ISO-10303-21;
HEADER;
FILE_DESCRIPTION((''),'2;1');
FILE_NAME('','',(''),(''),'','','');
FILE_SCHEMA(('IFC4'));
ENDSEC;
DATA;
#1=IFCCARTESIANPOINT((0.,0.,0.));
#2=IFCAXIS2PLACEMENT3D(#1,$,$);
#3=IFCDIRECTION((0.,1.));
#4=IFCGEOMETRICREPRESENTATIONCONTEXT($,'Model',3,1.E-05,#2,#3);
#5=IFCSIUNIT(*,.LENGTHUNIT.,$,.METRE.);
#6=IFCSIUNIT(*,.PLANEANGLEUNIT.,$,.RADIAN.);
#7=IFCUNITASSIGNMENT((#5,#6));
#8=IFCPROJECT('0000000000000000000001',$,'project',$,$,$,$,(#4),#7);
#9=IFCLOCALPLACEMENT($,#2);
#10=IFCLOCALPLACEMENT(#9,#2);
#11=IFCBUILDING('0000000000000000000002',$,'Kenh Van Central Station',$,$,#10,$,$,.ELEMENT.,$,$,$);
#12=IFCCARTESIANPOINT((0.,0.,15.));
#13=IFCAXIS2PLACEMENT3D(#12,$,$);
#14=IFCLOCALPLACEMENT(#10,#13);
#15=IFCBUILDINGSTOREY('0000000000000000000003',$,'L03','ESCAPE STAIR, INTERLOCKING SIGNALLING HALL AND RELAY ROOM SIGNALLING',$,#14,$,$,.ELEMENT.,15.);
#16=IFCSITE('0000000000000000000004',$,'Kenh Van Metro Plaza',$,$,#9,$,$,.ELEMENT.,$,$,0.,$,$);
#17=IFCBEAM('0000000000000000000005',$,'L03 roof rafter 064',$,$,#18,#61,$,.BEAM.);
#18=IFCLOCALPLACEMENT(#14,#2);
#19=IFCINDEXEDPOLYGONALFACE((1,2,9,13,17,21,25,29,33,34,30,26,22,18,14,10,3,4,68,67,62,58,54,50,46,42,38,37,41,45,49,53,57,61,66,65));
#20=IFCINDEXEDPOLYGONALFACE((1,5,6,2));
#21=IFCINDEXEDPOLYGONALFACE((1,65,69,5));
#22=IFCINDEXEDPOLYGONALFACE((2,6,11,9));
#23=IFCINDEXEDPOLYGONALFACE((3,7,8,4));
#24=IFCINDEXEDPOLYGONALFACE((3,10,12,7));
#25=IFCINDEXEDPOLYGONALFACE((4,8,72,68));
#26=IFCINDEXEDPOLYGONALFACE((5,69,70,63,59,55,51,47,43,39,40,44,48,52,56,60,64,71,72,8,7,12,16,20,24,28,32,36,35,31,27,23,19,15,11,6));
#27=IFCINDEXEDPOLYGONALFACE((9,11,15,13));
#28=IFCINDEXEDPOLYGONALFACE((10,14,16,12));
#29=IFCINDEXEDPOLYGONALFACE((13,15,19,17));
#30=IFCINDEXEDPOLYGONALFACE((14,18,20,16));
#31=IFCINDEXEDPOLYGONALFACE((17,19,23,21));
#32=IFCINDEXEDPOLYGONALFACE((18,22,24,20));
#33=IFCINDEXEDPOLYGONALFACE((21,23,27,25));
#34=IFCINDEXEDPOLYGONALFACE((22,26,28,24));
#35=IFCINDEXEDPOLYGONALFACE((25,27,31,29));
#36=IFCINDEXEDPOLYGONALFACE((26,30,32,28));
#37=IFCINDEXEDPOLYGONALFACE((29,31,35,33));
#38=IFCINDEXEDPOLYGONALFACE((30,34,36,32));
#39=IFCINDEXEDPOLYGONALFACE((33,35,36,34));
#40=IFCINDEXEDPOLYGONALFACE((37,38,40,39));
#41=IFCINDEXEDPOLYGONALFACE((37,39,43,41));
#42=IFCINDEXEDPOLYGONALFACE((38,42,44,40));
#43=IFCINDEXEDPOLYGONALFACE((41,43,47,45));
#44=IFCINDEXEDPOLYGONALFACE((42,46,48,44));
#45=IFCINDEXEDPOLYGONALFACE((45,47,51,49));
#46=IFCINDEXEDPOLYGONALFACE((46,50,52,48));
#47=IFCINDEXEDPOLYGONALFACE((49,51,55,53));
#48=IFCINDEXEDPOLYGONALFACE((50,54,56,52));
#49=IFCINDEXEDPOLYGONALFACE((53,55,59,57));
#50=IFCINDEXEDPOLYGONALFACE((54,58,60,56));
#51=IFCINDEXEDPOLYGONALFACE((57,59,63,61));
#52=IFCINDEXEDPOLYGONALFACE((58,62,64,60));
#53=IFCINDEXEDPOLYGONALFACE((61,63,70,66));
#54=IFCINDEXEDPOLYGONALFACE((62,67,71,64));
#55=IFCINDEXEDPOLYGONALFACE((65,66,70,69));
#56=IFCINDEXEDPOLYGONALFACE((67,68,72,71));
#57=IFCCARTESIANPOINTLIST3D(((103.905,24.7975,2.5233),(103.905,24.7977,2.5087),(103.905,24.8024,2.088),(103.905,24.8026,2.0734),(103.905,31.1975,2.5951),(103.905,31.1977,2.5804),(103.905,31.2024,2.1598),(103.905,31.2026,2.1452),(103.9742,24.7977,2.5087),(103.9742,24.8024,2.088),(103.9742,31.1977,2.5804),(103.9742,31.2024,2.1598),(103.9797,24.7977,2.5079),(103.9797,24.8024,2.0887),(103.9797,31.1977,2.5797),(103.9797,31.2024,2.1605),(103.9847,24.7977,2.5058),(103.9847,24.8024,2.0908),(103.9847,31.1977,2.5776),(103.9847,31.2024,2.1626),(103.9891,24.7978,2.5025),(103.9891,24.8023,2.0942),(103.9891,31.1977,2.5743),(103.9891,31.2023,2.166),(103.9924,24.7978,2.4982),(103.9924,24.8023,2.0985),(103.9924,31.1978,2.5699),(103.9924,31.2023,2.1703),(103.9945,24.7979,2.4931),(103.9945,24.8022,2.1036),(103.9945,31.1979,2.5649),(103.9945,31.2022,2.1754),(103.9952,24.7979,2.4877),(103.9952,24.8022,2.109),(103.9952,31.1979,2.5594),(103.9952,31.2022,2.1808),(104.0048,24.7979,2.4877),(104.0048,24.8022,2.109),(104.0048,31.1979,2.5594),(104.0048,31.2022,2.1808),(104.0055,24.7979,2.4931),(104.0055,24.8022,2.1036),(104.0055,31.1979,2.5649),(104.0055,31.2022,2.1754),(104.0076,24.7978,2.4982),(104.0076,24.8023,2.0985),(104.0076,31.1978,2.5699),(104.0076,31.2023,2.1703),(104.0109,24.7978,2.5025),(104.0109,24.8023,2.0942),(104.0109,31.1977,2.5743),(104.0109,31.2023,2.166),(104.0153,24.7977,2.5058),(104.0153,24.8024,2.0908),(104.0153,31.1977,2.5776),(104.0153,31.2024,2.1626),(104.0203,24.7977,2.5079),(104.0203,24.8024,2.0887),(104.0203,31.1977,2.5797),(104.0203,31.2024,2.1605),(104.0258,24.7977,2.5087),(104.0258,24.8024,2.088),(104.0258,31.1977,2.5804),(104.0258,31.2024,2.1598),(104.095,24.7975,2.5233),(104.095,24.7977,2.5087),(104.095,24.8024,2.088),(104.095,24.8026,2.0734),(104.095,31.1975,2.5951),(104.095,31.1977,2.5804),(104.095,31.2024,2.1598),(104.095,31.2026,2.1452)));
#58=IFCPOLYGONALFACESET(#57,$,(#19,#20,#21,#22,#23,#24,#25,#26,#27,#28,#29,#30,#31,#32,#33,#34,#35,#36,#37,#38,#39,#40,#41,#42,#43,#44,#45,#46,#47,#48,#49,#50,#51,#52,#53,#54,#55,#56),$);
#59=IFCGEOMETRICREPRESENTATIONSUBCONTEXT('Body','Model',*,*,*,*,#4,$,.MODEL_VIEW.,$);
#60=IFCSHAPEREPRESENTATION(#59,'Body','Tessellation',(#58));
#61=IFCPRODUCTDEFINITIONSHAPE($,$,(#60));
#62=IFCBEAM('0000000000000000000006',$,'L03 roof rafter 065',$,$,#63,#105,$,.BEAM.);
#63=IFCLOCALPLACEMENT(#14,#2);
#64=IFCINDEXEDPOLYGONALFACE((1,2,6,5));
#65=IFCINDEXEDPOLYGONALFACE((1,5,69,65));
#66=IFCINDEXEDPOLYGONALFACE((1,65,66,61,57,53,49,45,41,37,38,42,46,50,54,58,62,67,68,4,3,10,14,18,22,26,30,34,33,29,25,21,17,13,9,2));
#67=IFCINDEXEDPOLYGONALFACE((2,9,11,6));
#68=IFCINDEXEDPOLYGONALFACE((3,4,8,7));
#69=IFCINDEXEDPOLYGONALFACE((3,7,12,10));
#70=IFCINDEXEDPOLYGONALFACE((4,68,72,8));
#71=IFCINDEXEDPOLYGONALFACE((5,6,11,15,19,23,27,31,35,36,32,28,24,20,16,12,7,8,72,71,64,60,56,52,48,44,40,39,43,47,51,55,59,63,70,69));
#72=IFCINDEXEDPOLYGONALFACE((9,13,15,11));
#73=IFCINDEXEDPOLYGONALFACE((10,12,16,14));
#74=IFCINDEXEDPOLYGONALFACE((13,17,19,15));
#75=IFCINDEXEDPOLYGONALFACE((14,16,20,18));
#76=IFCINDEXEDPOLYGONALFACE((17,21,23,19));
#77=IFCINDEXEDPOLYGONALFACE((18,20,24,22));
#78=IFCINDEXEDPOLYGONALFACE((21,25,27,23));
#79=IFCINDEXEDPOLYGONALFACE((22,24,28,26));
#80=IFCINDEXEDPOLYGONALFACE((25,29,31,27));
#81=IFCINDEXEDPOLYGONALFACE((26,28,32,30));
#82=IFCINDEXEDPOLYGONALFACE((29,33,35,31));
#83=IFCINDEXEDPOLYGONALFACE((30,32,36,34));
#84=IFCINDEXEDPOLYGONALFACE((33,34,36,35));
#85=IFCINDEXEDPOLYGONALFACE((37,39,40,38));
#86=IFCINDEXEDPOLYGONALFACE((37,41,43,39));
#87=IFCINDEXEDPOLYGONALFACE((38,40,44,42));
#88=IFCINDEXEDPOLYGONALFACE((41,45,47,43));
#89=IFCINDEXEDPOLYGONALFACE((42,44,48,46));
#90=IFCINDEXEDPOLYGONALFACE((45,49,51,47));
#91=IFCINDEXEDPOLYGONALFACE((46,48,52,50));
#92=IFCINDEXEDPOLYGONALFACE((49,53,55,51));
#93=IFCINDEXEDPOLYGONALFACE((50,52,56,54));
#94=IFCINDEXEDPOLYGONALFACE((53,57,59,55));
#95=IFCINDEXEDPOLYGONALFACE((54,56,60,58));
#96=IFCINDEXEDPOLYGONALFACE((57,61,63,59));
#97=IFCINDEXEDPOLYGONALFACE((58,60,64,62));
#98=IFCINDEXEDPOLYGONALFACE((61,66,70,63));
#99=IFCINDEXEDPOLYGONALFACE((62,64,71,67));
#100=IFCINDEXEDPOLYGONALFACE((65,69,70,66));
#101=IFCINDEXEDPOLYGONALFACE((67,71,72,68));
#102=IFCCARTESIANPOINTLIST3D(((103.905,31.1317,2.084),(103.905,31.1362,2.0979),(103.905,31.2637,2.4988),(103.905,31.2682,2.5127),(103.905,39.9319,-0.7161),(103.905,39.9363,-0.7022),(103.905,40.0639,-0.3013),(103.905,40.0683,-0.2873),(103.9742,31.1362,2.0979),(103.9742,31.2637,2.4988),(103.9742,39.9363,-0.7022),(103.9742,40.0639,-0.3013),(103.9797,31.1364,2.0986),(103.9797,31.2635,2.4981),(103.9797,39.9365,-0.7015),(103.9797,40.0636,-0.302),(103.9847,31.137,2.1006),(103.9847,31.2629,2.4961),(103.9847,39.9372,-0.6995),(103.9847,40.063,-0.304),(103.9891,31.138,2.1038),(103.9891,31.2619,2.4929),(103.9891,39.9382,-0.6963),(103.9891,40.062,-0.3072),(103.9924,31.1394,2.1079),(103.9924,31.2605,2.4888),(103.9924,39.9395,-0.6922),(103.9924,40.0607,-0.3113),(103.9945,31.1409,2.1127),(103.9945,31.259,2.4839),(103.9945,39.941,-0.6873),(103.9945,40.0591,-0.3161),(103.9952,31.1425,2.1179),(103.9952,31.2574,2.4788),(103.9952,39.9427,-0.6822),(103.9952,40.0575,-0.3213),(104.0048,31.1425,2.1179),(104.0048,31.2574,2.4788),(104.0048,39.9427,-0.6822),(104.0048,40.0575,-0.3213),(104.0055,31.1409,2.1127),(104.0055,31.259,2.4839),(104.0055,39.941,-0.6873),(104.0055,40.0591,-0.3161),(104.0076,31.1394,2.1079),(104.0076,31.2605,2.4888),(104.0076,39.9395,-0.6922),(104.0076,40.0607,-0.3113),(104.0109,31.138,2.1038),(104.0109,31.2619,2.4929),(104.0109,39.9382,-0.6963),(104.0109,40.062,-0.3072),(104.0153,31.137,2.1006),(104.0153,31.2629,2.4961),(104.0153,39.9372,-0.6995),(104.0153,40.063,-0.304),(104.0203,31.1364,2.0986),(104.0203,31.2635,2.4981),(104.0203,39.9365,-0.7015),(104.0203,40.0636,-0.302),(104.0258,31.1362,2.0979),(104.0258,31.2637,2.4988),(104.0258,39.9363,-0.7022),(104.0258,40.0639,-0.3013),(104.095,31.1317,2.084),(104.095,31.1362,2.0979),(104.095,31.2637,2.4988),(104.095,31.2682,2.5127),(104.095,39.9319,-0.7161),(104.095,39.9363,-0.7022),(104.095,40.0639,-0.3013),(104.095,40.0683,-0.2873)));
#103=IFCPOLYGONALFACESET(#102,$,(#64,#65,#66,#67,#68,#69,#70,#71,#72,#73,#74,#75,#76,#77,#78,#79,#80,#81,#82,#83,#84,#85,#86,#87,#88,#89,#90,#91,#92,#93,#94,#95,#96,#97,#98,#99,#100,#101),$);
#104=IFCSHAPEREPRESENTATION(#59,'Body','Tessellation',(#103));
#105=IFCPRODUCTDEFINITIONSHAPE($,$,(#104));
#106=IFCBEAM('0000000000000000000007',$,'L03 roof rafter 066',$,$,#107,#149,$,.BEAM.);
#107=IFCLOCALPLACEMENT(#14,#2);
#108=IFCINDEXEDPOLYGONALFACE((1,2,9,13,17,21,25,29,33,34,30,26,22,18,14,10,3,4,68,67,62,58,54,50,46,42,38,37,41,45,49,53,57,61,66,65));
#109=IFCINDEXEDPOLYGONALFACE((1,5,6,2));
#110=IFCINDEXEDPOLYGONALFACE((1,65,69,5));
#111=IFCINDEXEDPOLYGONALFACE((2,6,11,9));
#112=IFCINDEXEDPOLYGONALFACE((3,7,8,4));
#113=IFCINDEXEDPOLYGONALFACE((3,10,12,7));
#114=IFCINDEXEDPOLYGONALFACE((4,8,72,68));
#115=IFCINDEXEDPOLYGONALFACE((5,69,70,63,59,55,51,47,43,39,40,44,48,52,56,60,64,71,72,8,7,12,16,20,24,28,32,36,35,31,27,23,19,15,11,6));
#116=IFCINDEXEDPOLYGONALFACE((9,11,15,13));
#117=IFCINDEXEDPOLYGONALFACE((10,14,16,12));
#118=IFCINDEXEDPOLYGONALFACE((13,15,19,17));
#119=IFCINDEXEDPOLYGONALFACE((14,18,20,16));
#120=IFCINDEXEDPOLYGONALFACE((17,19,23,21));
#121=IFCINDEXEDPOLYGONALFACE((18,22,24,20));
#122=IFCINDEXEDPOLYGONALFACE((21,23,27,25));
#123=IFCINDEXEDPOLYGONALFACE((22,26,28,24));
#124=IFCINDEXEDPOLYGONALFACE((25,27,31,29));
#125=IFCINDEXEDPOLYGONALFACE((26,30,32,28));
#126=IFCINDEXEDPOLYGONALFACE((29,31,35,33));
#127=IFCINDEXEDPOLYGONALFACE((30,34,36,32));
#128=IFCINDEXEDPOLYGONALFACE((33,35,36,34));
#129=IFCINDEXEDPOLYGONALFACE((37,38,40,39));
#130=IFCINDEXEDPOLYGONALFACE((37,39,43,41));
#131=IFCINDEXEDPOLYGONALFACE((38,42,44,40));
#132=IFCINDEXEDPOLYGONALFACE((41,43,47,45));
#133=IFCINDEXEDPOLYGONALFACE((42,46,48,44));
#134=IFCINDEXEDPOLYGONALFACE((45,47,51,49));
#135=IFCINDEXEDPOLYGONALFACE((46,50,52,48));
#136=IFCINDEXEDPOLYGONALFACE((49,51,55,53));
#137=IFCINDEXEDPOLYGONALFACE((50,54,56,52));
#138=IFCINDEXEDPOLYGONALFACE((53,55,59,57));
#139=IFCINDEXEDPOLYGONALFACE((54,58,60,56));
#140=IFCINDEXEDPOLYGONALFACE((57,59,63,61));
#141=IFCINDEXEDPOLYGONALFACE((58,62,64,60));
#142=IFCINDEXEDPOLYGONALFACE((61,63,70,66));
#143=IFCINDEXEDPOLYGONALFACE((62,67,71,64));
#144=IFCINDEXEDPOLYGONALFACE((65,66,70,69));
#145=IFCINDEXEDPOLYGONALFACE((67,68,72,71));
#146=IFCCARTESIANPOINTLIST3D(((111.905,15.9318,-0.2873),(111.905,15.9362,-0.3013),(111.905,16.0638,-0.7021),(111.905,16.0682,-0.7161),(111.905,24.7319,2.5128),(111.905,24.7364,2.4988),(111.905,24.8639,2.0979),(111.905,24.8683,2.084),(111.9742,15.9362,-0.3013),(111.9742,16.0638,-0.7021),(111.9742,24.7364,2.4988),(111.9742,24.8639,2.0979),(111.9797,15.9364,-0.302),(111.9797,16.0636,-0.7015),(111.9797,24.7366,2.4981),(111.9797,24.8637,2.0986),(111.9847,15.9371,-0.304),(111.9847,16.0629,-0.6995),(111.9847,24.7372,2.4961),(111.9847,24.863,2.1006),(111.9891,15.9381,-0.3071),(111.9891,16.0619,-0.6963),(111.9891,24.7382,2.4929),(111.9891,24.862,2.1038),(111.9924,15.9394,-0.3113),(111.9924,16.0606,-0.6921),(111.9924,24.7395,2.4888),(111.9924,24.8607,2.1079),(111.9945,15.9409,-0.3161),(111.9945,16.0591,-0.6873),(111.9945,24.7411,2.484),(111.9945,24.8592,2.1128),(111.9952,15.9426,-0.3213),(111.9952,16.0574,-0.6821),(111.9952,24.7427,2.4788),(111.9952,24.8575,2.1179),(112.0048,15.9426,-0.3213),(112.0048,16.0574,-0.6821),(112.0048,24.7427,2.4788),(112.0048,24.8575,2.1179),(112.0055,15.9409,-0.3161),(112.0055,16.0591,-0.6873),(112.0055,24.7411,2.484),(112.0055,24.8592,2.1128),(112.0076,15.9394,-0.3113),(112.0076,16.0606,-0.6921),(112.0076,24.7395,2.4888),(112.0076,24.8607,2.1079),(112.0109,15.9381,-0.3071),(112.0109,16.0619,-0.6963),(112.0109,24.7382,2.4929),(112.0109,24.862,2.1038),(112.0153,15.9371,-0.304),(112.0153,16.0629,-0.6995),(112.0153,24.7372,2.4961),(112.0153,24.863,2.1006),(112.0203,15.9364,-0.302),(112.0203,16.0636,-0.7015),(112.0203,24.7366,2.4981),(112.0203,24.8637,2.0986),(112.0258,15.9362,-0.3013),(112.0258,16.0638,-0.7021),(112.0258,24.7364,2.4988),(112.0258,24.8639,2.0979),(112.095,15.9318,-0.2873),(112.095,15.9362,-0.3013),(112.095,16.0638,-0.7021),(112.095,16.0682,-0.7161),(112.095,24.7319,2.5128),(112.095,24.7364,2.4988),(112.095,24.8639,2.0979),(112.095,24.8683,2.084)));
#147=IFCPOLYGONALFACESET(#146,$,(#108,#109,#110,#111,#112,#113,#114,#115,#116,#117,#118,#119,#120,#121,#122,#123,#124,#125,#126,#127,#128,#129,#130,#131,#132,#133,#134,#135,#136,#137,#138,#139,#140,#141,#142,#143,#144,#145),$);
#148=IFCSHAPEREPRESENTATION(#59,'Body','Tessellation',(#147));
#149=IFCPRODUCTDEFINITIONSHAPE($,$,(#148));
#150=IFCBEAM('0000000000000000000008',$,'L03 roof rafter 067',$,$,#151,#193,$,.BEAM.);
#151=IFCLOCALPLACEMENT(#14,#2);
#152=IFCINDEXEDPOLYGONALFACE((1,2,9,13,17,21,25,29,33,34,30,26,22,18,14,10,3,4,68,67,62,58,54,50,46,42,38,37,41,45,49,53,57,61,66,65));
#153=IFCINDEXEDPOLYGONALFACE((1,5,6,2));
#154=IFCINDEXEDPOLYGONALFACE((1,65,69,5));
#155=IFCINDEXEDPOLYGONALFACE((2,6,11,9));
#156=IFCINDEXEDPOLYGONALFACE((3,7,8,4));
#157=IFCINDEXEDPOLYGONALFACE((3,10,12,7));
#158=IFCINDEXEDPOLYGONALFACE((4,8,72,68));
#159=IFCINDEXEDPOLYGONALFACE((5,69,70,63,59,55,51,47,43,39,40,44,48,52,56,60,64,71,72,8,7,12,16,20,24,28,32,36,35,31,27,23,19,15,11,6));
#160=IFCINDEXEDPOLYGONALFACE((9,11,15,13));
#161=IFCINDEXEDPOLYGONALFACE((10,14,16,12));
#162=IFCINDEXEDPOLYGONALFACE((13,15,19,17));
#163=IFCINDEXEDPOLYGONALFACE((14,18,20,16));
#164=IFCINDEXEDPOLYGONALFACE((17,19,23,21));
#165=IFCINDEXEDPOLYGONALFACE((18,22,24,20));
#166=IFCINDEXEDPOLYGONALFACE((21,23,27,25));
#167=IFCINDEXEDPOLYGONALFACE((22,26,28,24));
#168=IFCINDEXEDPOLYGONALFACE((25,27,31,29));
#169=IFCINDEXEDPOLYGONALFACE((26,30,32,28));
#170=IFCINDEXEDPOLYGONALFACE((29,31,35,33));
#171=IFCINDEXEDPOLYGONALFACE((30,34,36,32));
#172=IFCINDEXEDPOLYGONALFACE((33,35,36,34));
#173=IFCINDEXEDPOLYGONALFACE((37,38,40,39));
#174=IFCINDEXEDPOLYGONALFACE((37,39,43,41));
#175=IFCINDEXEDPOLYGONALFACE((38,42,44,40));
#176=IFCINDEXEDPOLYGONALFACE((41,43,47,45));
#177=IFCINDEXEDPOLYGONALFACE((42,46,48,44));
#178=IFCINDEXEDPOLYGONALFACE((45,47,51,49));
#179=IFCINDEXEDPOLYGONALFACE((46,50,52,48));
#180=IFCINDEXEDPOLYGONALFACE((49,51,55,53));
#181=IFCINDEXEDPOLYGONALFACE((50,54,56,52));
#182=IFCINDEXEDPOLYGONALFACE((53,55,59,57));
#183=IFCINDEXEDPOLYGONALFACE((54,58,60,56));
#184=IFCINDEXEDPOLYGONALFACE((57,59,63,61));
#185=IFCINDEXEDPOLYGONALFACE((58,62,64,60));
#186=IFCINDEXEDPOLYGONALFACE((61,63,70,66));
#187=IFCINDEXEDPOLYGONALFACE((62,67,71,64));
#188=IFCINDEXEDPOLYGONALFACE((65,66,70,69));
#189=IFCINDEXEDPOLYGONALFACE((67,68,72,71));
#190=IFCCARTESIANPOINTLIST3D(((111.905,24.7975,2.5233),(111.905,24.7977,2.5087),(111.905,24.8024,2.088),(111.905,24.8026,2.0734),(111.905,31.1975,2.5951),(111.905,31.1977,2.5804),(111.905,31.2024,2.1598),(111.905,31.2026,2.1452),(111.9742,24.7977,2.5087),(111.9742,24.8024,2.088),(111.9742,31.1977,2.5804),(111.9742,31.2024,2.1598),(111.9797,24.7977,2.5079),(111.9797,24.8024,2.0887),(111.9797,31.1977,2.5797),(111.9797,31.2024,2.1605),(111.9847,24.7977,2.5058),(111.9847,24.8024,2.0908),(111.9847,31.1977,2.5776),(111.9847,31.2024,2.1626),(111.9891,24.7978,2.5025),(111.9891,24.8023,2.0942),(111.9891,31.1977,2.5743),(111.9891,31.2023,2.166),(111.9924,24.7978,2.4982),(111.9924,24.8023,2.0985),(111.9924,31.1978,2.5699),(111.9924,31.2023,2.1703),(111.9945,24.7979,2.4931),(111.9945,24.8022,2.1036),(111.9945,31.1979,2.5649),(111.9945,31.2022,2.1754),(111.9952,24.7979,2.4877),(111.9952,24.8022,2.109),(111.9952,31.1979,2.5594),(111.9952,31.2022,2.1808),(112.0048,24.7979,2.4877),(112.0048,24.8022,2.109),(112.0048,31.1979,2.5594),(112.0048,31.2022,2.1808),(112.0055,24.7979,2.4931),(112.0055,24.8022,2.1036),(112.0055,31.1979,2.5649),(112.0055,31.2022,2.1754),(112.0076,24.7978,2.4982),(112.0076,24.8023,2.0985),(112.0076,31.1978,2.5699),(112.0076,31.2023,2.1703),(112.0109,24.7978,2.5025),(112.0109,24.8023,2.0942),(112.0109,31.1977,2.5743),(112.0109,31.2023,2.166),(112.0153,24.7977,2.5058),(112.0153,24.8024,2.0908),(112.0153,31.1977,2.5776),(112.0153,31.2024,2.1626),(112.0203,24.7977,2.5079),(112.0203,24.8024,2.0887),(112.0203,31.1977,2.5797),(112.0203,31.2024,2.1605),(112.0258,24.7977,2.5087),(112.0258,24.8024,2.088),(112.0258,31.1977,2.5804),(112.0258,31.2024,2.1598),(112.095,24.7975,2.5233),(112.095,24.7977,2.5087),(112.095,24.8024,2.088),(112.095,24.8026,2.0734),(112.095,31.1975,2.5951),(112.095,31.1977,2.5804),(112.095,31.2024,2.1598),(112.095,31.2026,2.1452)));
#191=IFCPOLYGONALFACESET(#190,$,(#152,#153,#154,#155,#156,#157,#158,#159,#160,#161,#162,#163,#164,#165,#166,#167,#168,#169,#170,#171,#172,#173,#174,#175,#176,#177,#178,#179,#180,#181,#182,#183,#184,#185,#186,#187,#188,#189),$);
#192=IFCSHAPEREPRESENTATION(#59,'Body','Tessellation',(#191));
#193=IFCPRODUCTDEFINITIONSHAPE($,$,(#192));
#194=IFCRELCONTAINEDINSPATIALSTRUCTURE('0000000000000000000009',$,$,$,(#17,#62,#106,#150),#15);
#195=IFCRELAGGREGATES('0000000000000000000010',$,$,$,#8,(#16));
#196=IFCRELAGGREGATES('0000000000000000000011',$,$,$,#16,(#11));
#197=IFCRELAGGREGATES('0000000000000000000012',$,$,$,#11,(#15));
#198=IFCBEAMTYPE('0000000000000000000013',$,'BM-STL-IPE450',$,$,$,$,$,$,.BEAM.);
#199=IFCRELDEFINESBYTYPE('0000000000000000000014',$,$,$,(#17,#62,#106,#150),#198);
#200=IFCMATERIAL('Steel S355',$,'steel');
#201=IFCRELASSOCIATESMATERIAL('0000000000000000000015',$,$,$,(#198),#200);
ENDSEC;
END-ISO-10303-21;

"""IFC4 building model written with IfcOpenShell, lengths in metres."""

from ifc_helpers import new_model, si_unit, direction, frame, origin, origin_2d, place, context, subcontext, project, spatial, i_section, extrude, material, material_profile, profile_set, type_object, element, save


model = new_model("IFC4")

# Units and contexts
model_context = context("Model", 3, precision=1e-05, world=origin(), true_north=direction((0.0, 1.0)))
body_context = subcontext(model_context, "Body", "Model", "MODEL_VIEW")
ifc_project = project(units=[si_unit("LENGTHUNIT", "METRE"), si_unit("PLANEANGLEUNIT", "RADIAN")], contexts=[model_context])

# Site, building, storey
site_placement = place(None, origin())
site = spatial("IfcSite", under=ifc_project, at=site_placement, Name="Kenh Van Metro Plaza", CompositionType="ELEMENT", RefElevation=0.0)
building_placement = place(site_placement, origin())
building = spatial("IfcBuilding", under=site, at=building_placement, Name="Kenh Van Central Station", CompositionType="ELEMENT")
storey_placement = place(building_placement, frame((0.0, 0.0, 15.0)))
storey = spatial("IfcBuildingStorey", under=building, at=storey_placement, Name="L03", Description="ESCAPE STAIR, INTERLOCKING SIGNALLING HALL AND RELAY ROOM SIGNALLING", CompositionType="ELEMENT", Elevation=15.0)

# Beams
ifc_material_1 = material(Name="Steel S355", Category="steel")
ifc_material_profile_1 = material_profile(ifc_material_1, i_section(OverallWidth=0.1899, OverallDepth=0.45, WebThickness=0.0095, FlangeThickness=0.0146, FilletRadius=0.021, at=origin_2d()), Name="IPE 450")
ifc_profile_set_1 = profile_set([ifc_material_profile_1], Name="Steel S355")
beam_type = type_object("IfcBeamType", Name="BM-STL-IPE450", PredefinedType="BEAM", material=ifc_profile_set_1)
beam_1_placement = place(storey_placement, frame((104.0, 24.8, 2.2983), z_axis=(0.0, 0.999937, 0.011215), x_axis=(-1.0, 0.0, 0.0)))
element("IfcBeam", 1, at=beam_1_placement, inside=storey, type_object=beam_type, Name="L03 roof rafter 064", PredefinedType="BEAM", context=body_context, shape_type="SweptSolid", body=[
    extrude(i_section(OverallWidth=0.1899, OverallDepth=0.45, WebThickness=0.0095, FlangeThickness=0.0146, FilletRadius=0.021, at=origin_2d()), origin(), (0.0, 0.0, 1.0), 6.4004),
])
for number, where, z_axis, x_axis, name in (
    (2, (104.0, 31.2, 2.2983), (0.0, 0.952925, -0.303207), (-1.0, 0.0, 0.0), "L03 roof rafter 065"),
    (3, (112.0, 16.0, -0.5017), (0.0, 0.952925, 0.303207), (-1.0, 0.0, 0.0), "L03 roof rafter 066"),
):
    element("IfcBeam", number, at=place(storey_placement, frame(where, z_axis=z_axis, x_axis=x_axis)), inside=storey, type_object=beam_type, Name=name, PredefinedType="BEAM", context=body_context, shape_type="SweptSolid", body=[
        extrude(i_section(OverallWidth=0.1899, OverallDepth=0.45, WebThickness=0.0095, FlangeThickness=0.0146, FilletRadius=0.021, at=origin_2d()), origin(), (0.0, 0.0, 1.0), 9.2349),
    ])
beam_2_placement = place(storey_placement, frame((112.0, 24.8, 2.2983), z_axis=(0.0, 0.999937, 0.011215), x_axis=(-1.0, 0.0, 0.0)))
element("IfcBeam", 4, at=beam_2_placement, inside=storey, type_object=beam_type, Name="L03 roof rafter 067", PredefinedType="BEAM", context=body_context, shape_type="SweptSolid", body=[
    extrude(i_section(OverallWidth=0.1899, OverallDepth=0.45, WebThickness=0.0095, FlangeThickness=0.0146, FilletRadius=0.021, at=origin_2d()), origin(), (0.0, 0.0, 1.0), 6.4004),
])

save(model, "model.ifc")
